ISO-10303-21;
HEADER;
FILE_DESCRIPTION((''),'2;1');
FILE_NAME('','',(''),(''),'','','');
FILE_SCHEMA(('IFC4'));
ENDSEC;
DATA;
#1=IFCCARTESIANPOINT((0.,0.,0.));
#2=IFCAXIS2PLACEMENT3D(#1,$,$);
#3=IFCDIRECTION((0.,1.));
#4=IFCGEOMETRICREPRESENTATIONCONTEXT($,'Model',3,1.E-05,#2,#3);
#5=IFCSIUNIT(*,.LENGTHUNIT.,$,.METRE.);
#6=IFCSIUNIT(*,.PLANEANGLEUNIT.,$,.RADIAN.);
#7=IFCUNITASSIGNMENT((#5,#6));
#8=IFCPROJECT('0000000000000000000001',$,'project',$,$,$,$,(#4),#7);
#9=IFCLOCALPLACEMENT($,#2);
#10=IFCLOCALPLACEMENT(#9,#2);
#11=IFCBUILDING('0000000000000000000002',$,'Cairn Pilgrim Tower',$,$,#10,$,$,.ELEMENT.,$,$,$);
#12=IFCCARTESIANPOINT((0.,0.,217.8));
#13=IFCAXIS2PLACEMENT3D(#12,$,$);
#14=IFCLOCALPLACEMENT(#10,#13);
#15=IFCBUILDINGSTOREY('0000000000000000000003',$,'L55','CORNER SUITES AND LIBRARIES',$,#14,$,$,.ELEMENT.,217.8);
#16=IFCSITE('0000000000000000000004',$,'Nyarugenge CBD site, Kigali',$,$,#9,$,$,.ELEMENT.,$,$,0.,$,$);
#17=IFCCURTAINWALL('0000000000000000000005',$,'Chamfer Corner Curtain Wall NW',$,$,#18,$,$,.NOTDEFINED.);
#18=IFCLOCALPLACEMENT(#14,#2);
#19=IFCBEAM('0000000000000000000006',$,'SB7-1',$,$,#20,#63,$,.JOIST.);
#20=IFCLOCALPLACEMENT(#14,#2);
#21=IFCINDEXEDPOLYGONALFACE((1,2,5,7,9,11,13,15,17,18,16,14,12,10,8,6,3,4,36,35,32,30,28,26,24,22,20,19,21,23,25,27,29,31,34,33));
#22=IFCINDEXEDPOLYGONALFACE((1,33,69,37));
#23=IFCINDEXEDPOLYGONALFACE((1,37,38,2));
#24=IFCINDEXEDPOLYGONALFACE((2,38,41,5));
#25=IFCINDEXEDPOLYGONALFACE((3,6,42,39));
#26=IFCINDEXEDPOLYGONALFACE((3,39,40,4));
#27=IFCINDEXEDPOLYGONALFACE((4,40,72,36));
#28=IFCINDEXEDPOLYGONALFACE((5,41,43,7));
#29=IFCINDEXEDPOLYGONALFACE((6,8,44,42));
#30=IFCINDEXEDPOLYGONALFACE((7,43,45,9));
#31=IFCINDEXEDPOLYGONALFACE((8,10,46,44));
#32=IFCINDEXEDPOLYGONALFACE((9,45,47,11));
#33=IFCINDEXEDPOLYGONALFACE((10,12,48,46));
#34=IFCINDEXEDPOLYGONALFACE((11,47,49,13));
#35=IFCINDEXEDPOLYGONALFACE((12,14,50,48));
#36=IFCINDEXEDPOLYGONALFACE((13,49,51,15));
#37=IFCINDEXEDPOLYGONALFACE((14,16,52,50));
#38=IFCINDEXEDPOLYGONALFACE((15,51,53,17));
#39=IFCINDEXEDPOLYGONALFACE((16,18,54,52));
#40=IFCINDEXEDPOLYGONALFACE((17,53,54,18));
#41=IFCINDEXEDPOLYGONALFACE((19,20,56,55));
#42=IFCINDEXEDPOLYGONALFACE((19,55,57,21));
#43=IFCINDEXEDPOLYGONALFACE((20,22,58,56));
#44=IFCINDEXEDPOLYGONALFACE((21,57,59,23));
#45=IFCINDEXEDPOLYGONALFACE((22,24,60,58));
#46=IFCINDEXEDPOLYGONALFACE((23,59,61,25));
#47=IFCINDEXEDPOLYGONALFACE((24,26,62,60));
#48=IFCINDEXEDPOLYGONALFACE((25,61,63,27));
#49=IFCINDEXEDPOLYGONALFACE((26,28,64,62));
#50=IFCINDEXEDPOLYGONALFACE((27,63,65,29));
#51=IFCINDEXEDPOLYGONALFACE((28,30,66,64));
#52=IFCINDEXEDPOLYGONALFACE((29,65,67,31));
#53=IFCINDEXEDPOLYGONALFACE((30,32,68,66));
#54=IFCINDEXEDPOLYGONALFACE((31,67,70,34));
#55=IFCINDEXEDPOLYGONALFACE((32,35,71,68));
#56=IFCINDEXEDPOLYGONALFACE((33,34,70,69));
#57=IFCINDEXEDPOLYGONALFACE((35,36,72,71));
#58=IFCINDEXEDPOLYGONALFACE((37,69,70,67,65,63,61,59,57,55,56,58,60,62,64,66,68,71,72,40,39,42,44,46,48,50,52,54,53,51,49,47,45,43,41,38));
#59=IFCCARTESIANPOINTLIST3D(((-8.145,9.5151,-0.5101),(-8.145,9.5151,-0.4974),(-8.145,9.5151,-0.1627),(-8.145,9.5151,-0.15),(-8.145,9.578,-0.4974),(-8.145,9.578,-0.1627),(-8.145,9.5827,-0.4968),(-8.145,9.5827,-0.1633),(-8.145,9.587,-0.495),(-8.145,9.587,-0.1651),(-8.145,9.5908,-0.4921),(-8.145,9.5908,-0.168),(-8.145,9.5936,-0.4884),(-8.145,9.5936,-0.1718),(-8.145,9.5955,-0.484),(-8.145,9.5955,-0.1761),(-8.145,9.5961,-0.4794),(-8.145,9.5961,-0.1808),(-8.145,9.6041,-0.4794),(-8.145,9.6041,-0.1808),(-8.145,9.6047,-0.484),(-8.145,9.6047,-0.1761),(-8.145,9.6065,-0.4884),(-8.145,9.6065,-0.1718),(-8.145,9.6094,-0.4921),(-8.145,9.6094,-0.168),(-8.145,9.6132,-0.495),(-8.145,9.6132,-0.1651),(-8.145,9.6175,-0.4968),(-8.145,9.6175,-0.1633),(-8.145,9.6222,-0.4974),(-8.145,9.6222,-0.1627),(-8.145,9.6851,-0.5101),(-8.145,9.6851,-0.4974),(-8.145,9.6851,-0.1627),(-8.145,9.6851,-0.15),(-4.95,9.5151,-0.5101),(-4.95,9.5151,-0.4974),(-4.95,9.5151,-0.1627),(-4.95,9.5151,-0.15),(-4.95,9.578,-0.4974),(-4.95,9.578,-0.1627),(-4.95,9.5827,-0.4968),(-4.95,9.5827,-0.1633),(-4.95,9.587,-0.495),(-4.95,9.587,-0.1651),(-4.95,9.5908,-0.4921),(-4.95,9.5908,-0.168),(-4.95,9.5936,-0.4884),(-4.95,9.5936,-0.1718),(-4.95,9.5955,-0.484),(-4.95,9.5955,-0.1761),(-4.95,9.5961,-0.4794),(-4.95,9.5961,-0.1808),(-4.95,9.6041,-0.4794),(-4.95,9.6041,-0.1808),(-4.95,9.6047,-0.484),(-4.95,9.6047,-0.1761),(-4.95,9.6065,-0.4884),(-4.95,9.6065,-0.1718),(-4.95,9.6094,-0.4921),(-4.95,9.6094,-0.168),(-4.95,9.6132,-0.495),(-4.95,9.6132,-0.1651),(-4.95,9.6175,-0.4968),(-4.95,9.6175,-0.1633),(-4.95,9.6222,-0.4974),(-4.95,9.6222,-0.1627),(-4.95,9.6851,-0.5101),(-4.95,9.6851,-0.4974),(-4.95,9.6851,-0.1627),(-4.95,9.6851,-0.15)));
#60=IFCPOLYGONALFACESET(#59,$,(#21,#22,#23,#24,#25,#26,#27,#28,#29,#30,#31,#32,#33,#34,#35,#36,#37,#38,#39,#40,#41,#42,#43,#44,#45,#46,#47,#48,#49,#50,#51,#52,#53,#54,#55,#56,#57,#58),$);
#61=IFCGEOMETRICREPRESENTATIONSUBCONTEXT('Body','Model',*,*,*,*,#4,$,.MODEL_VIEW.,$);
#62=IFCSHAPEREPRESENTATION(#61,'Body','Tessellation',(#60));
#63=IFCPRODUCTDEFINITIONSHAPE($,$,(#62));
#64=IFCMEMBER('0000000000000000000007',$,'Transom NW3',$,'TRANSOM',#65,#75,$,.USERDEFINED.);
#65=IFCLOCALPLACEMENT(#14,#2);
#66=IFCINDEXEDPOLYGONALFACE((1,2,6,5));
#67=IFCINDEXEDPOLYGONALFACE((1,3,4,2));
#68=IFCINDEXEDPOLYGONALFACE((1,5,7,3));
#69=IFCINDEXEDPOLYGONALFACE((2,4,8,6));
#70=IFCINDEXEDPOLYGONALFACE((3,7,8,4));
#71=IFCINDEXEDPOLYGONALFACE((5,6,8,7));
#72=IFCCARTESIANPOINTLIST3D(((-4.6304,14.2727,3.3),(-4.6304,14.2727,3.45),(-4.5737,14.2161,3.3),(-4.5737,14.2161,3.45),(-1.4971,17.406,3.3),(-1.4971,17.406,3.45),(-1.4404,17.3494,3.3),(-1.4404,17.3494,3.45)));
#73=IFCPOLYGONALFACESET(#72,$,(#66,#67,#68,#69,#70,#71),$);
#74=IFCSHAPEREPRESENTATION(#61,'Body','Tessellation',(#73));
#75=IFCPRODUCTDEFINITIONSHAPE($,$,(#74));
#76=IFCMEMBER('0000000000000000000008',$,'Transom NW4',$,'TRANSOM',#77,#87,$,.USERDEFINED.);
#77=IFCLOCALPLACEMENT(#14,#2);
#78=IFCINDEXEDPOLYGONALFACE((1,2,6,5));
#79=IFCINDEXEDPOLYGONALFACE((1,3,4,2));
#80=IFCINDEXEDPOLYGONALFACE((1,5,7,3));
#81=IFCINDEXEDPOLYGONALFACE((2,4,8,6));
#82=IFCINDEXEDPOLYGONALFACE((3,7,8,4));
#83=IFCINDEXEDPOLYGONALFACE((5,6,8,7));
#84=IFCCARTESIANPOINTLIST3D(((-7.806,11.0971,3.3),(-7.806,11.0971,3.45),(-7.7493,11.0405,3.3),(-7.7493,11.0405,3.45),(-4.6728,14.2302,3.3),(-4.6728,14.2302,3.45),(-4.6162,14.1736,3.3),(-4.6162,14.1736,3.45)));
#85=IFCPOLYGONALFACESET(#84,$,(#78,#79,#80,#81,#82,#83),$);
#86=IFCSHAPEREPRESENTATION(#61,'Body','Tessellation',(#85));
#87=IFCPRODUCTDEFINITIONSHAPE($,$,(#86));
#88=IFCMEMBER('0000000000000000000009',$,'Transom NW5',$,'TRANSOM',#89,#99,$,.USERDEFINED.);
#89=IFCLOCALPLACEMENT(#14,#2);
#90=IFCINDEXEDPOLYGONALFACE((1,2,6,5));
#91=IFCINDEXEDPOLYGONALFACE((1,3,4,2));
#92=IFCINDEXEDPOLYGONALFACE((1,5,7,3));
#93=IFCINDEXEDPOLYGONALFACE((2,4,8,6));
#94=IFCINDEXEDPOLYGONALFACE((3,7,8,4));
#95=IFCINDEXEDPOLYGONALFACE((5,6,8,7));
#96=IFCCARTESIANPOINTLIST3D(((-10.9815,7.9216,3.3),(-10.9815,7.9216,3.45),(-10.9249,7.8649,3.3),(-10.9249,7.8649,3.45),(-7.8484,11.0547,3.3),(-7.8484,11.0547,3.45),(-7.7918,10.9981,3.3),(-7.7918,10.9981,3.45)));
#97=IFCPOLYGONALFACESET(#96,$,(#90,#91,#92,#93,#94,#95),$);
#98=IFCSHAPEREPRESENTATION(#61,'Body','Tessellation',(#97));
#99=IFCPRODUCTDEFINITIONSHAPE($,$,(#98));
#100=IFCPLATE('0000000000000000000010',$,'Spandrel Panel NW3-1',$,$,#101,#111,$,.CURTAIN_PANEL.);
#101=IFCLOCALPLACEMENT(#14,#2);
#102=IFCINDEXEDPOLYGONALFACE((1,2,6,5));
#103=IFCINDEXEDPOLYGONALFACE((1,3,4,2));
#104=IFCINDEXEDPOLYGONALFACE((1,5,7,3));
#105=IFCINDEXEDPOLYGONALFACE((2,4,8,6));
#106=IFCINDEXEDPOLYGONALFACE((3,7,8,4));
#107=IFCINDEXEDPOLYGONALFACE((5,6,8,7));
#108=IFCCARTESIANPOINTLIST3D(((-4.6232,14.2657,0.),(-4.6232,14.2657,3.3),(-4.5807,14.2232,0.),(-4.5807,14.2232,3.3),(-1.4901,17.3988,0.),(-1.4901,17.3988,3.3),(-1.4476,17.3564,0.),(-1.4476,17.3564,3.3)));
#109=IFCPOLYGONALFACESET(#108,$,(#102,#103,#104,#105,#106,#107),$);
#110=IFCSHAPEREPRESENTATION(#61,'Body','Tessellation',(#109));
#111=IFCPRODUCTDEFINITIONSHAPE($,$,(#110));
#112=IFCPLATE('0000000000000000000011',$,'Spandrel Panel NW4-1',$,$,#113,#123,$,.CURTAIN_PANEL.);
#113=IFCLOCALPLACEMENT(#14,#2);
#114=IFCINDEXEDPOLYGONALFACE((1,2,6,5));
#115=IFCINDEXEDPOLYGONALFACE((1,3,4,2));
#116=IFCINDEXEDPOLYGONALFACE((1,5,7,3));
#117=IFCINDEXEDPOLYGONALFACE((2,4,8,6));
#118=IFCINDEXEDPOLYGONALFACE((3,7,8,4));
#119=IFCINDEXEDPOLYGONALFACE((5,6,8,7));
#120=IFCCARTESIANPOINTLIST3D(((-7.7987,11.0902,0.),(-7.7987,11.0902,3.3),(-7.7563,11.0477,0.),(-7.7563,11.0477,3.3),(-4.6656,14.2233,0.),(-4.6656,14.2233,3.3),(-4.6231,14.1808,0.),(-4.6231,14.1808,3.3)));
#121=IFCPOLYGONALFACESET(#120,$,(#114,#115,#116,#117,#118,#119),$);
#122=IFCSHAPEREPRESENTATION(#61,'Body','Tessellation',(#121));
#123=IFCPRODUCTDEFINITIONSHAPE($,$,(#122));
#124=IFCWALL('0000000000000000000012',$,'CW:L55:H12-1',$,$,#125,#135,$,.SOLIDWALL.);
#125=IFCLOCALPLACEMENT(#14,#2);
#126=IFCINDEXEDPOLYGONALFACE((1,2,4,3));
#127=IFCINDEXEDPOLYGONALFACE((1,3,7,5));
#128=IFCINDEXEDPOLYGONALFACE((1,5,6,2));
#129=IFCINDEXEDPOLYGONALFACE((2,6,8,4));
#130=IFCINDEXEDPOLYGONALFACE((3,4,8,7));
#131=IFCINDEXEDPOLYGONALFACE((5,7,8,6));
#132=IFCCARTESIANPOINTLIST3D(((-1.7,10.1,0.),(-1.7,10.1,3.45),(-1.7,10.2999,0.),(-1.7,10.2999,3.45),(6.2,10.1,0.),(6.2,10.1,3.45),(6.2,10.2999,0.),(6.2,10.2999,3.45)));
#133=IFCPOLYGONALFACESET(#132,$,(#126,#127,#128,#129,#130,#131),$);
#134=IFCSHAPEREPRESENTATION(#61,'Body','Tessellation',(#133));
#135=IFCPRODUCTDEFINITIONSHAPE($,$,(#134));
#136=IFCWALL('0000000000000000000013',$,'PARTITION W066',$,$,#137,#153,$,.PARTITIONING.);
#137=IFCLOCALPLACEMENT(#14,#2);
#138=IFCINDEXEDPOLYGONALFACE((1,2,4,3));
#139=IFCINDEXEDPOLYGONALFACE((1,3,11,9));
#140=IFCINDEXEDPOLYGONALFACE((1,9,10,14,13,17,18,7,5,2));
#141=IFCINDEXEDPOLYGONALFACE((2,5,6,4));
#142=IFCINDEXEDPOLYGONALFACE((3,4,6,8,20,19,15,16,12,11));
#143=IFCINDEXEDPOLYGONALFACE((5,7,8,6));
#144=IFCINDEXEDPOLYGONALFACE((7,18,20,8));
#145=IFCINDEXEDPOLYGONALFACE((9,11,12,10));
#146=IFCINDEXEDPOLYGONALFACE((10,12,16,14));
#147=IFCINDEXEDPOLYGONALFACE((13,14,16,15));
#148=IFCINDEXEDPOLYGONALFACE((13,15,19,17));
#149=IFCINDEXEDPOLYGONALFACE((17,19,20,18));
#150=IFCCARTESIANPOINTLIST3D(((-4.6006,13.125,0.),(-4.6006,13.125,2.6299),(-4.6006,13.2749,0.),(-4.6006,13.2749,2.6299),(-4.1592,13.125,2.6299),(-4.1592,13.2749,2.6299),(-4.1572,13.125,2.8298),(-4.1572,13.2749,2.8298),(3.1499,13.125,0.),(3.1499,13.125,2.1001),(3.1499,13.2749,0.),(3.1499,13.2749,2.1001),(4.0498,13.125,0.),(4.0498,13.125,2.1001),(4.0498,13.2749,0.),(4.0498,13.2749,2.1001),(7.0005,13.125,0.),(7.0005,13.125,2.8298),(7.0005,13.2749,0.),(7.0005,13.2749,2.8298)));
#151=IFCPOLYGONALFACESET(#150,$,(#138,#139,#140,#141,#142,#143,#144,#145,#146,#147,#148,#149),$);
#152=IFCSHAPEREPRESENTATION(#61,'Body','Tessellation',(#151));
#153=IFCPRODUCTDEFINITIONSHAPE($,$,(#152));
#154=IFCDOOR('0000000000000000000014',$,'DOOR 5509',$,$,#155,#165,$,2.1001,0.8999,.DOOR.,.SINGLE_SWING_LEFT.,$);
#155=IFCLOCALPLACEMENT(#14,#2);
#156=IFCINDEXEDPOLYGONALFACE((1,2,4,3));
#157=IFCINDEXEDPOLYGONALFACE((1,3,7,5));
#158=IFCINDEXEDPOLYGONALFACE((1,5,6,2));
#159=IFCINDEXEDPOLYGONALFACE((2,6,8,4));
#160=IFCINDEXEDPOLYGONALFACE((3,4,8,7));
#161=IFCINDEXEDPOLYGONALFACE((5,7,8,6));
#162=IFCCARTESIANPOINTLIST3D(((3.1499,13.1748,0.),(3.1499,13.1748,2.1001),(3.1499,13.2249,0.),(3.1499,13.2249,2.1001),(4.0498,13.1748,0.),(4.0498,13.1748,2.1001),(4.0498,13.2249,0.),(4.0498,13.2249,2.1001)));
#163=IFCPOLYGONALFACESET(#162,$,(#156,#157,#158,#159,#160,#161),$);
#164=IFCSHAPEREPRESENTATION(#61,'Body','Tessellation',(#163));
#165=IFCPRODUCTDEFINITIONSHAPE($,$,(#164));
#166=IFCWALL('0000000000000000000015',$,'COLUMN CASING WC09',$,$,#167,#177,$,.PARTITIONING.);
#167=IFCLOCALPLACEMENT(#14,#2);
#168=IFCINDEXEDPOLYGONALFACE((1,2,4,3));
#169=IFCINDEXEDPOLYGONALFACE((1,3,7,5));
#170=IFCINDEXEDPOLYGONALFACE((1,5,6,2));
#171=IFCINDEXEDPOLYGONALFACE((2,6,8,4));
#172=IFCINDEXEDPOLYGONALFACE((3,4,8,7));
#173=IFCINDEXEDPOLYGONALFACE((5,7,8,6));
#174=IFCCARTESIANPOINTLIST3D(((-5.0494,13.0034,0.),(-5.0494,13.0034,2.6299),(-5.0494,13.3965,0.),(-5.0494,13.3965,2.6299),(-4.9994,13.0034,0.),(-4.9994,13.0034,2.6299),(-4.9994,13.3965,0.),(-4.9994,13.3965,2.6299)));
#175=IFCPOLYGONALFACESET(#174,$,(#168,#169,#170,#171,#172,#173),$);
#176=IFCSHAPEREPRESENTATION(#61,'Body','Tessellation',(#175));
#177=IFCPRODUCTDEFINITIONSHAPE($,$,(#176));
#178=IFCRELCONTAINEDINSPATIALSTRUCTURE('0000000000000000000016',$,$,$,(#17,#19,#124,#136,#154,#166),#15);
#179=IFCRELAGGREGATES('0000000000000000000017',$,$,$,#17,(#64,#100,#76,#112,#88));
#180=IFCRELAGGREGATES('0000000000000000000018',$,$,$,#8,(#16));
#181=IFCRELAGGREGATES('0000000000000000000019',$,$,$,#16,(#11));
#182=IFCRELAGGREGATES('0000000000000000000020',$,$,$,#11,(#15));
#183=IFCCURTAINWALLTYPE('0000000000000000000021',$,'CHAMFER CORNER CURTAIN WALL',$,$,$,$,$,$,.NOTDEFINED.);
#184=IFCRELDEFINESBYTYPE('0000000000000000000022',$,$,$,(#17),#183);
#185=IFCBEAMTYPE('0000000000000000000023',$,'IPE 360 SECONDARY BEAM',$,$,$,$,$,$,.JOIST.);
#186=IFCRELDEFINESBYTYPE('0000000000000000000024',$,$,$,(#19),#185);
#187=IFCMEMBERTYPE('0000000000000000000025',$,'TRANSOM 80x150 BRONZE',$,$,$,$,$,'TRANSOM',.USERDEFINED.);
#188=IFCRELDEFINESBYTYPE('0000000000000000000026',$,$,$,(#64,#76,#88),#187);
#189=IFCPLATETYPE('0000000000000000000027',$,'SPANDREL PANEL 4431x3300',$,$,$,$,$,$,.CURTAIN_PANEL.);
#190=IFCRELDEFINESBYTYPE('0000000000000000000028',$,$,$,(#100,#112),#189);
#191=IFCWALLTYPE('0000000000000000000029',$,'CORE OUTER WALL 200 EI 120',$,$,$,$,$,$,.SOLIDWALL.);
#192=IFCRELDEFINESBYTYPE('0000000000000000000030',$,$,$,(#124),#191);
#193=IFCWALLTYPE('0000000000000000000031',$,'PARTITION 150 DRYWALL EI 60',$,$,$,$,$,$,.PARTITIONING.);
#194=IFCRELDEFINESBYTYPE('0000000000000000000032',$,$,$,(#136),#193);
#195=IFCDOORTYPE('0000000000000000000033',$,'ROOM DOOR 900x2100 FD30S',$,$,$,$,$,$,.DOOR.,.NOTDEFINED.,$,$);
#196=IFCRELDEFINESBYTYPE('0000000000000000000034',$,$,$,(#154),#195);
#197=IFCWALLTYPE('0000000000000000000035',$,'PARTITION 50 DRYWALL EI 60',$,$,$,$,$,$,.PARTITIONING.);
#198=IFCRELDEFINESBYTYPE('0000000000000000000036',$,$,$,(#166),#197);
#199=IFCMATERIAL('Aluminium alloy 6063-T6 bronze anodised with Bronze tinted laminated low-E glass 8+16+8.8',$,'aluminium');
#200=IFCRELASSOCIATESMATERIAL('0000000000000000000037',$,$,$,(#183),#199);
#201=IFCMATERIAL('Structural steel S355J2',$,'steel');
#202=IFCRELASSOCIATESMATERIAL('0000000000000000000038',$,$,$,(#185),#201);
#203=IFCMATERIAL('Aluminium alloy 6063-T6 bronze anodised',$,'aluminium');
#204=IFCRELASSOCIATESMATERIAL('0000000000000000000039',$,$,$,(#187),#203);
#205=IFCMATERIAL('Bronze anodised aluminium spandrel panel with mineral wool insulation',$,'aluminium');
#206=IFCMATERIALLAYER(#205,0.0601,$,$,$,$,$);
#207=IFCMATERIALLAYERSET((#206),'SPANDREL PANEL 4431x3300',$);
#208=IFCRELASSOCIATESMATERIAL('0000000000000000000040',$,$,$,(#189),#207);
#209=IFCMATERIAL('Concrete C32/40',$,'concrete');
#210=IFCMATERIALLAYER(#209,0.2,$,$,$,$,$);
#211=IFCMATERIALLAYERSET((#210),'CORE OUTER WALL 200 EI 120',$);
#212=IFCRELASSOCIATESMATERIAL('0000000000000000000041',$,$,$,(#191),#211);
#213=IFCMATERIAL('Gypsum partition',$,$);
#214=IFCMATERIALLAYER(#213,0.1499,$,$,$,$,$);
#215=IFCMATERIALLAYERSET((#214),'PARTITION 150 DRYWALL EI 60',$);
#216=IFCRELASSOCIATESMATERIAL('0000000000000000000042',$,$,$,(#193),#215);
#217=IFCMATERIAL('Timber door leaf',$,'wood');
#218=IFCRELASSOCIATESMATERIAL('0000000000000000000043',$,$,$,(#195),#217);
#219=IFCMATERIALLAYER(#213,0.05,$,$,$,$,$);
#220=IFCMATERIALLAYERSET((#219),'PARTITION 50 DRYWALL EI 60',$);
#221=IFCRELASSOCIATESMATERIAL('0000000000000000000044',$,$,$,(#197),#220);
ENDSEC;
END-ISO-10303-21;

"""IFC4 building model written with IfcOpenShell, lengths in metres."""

from ifc_helpers import new_model, si_unit, direction, frame, frame_2d, origin, origin_2d, place, context, subcontext, project, spatial, polyline, rectangle, i_section, outline, extrude, material, layer, layer_set, material_profile, profile_set, type_object, element, fill, aggregate, save


model = new_model("IFC4")

# Units and contexts
model_context = context("Model", 3, precision=1e-05, world=origin(), true_north=direction((0.0, 1.0)))
body_context = subcontext(model_context, "Body", "Model", "MODEL_VIEW")
ifc_project = project(units=[si_unit("LENGTHUNIT", "METRE"), si_unit("PLANEANGLEUNIT", "RADIAN")], contexts=[model_context])

# Site, building, storey
site_placement = place(None, origin())
site = spatial("IfcSite", under=ifc_project, at=site_placement, Name="Nyarugenge CBD site, Kigali", CompositionType="ELEMENT", RefElevation=0.0)
building_placement = place(site_placement, origin())
building = spatial("IfcBuilding", under=site, at=building_placement, Name="Cairn Pilgrim Tower", CompositionType="ELEMENT")
storey_placement = place(building_placement, frame((0.0, 0.0, 217.8)))
storey = spatial("IfcBuildingStorey", under=building, at=storey_placement, Name="L55", Description="CORNER SUITES AND LIBRARIES", CompositionType="ELEMENT", Elevation=217.8)

# Shared definitions
ifc_material_1 = material(Name="Structural steel S355J2", Category="steel")

# Curtain wall
ifc_material_2 = material(Name="Aluminium alloy 6063-T6 bronze anodised with Bronze tinted laminated low-E glass 8+16+8.8", Category="aluminium")
curtain_wall_type = type_object("IfcCurtainWallType", Name="CHAMFER CORNER CURTAIN WALL", PredefinedType="NOTDEFINED", material=ifc_material_2)
curtain_wall_placement = place(storey_placement, origin())
curtain_wall = element("IfcCurtainWall", 1, at=curtain_wall_placement, inside=storey, type_object=curtain_wall_type, Name="Chamfer Corner Curtain Wall NW", PredefinedType="NOTDEFINED")
ifc_material_3 = material(Name="Aluminium alloy 6063-T6 bronze anodised", Category="aluminium")

# Beam
ifc_material_profile_1 = material_profile(ifc_material_1, i_section(OverallWidth=0.1699, OverallDepth=0.3601, WebThickness=0.0081, FlangeThickness=0.0127, FilletRadius=0.0181, at=origin_2d()), Name="IPE 360")
ifc_profile_set_1 = profile_set([ifc_material_profile_1], Name="Structural steel S355J2")
beam_type_1 = type_object("IfcBeamType", Name="IPE 360 SECONDARY BEAM", PredefinedType="JOIST", material=ifc_profile_set_1)
beam_1_placement = place(storey_placement, frame((-8.145, 9.6001, -0.3301), z_axis=(1.0, 0.0, 0.0), x_axis=(0.0, 1.0, 0.0)))
element("IfcBeam", 2, at=beam_1_placement, inside=storey, type_object=beam_type_1, Name="SB7-1", PredefinedType="JOIST", context=body_context, shape_type="SweptSolid", body=[
    extrude(i_section(OverallWidth=0.1699, OverallDepth=0.3601, WebThickness=0.0081, FlangeThickness=0.0127, FilletRadius=0.0181, at=origin_2d()), origin(), (0.0, 0.0, 1.0), 3.1951),
])

# Members
ifc_material_profile_2 = material_profile(ifc_material_3, rectangle(XDim=0.0801, YDim=0.1499, at=origin_2d()), Name="TRANSOM 80x150 BRONZE")
ifc_profile_set_2 = profile_set([ifc_material_profile_2], Name="Aluminium alloy 6063-T6 bronze anodised")
member_type_1 = type_object("IfcMemberType", Name="TRANSOM 80x150 BRONZE", ElementType="TRANSOM", PredefinedType="USERDEFINED", material=ifc_profile_set_2)
member_1_placement = place(storey_placement, frame((-1.4688, 17.3777, 3.375), z_axis=(-0.707107, -0.707107, 0.0), x_axis=(0.707107, -0.707107, 0.0)))
member_1 = element("IfcMember", 3, at=member_1_placement, type_object=member_type_1, Name="Transom NW3", ObjectType="TRANSOM", PredefinedType="USERDEFINED", context=body_context, shape_type="SweptSolid", body=[
    extrude(rectangle(XDim=0.0801, YDim=0.1499, at=origin_2d()), origin(), (0.0, 0.0, 1.0), 4.4312),
])
member_2_placement = place(storey_placement, frame((-4.6445, 14.2019, 3.375), z_axis=(-0.707107, -0.707107, 0.0), x_axis=(0.707107, -0.707107, 0.0)))
member_2 = element("IfcMember", 4, at=member_2_placement, type_object=member_type_1, Name="Transom NW4", ObjectType="TRANSOM", PredefinedType="USERDEFINED", context=body_context, shape_type="SweptSolid", body=[
    extrude(rectangle(XDim=0.0801, YDim=0.1499, at=origin_2d()), origin(), (0.0, 0.0, 1.0), 4.4309),
])
member_3_placement = place(storey_placement, frame((-7.8201, 11.0264, 3.375), z_axis=(-0.707107, -0.707107, 0.0), x_axis=(0.707107, -0.707107, 0.0)))
member_3 = element("IfcMember", 5, at=member_3_placement, type_object=member_type_1, Name="Transom NW5", ObjectType="TRANSOM", PredefinedType="USERDEFINED", context=body_context, shape_type="SweptSolid", body=[
    extrude(rectangle(XDim=0.0801, YDim=0.1499, at=origin_2d()), origin(), (0.0, 0.0, 1.0), 4.4309),
])

# Plates
ifc_material_4 = material(Name="Bronze anodised aluminium spandrel panel with mineral wool insulation", Category="aluminium")
ifc_layer_1 = layer(ifc_material_4, 0.0601)
ifc_layer_set_1 = layer_set([ifc_layer_1], Name="SPANDREL PANEL 4431x3300")
plate_type = type_object("IfcPlateType", Name="SPANDREL PANEL 4431x3300", PredefinedType="CURTAIN_PANEL", material=ifc_layer_set_1)
plate_1_placement = place(storey_placement, frame((-3.0354, 15.811, 0.0), z_axis=(0.0, 0.0, 1.0), x_axis=(-0.707107, -0.707107, 0.0)))
plate_1 = element("IfcPlate", 6, at=plate_1_placement, type_object=plate_type, Name="Spandrel Panel NW3-1", PredefinedType="CURTAIN_PANEL", context=body_context, shape_type="SweptSolid", body=[
    extrude(rectangle(XDim=4.4309, YDim=0.0601, at=origin_2d()), origin(), (0.0, 0.0, 1.0), 3.3),
])
plate_2_placement = place(storey_placement, frame((-6.2109, 12.6355, 0.0), z_axis=(0.0, 0.0, 1.0), x_axis=(-0.707107, -0.707107, 0.0)))
plate_2 = element("IfcPlate", 7, at=plate_2_placement, type_object=plate_type, Name="Spandrel Panel NW4-1", PredefinedType="CURTAIN_PANEL", context=body_context, shape_type="SweptSolid", body=[
    extrude(rectangle(XDim=4.4309, YDim=0.0601, at=origin_2d()), origin(), (0.0, 0.0, 1.0), 3.3),
])
aggregate(curtain_wall, [member_1, plate_1, member_2, plate_2, member_3])

# Wall
ifc_material_5 = material(Name="Concrete C32/40", Category="concrete")
ifc_layer_2 = layer(ifc_material_5, 0.2)
ifc_layer_set_2 = layer_set([ifc_layer_2], Name="CORE OUTER WALL 200 EI 120")
wall_type_1 = type_object("IfcWallType", Name="CORE OUTER WALL 200 EI 120", PredefinedType="SOLIDWALL", material=ifc_layer_set_2)
wall_1_placement = place(storey_placement, frame((-1.7, 10.2, 0.0), z_axis=(0.0, 0.0, 1.0), x_axis=(1.0, 0.0, 0.0)))
element("IfcWall", 8, at=wall_1_placement, inside=storey, type_object=wall_type_1, Name="CW:L55:H12-1", PredefinedType="SOLIDWALL", context=body_context, shape_type="SweptSolid", body=[
    extrude(rectangle(XDim=7.8999, YDim=0.2, at=frame_2d((3.95, 0.0))), origin(), (0.0, 0.0, 1.0), 3.45),
])

# Wall, opening, door
ifc_material_6 = material(Name="Gypsum partition")
ifc_layer_3 = layer(ifc_material_6, 0.1499)
ifc_layer_set_3 = layer_set([ifc_layer_3], Name="PARTITION 150 DRYWALL EI 60")
wall_type_2 = type_object("IfcWallType", Name="PARTITION 150 DRYWALL EI 60", PredefinedType="PARTITIONING", material=ifc_layer_set_3)
wall_2_placement = place(storey_placement, frame((-4.6006, 13.2, 0.0), z_axis=(0.0, 0.0, 1.0), x_axis=(1.0, 0.0, 0.0)))
wall_2 = element("IfcWall", 9, at=wall_2_placement, inside=storey, type_object=wall_type_2, Name="PARTITION W066", PredefinedType="PARTITIONING", context=body_context, shape_type="SweptSolid", body=[
    extrude(outline(polyline([(0.0, 0.0), (11.6011, 0.0), (11.6011, 2.8298), (0.4434, 2.8298), (0.4414, 2.6299), (0.0, 2.6299), (0.0, 0.0)])), frame((0.0, 0.075, 0.0), z_axis=(0.0, -1.0, 0.0), x_axis=(1.0, 0.0, 0.0)), (0.0, 0.0, 1.0), 0.1499),
])
opening_placement = place(wall_2_placement, frame((7.7505, 0.0, 0.0)))
opening = element("IfcOpeningElement", 10, at=opening_placement, cuts=wall_2, PredefinedType="OPENING", context=body_context, shape_type="SweptSolid", body=[
    extrude(rectangle(XDim=0.8999, YDim=2.1001, at=frame_2d((0.45, 1.05))), frame((0.0, 0.085, 0.0), z_axis=(0.0, -1.0, 0.0), x_axis=(1.0, 0.0, 0.0)), (0.0, 0.0, 1.0), 0.1699),
])
ifc_material_7 = material(Name="Timber door leaf", Category="wood")
door_type = type_object("IfcDoorType", Name="ROOM DOOR 900x2100 FD30S", OperationType="NOTDEFINED", PredefinedType="DOOR", material=ifc_material_7)
door_placement = place(opening_placement, origin())
door = element("IfcDoor", 11, at=door_placement, inside=storey, type_object=door_type, Name="DOOR 5509", OperationType="SINGLE_SWING_LEFT", OverallHeight=2.1001, OverallWidth=0.8999, PredefinedType="DOOR", context=body_context, shape_type="SweptSolid", body=[
    extrude(rectangle(XDim=0.8999, YDim=2.1001, at=frame_2d((0.45, 1.05))), frame((0.0, 0.0249, 0.0), z_axis=(0.0, -1.0, 0.0), x_axis=(1.0, 0.0, 0.0)), (0.0, 0.0, 1.0), 0.05),
])
fill(opening, door)

# Wall
ifc_layer_4 = layer(ifc_material_6, 0.05)
ifc_layer_set_4 = layer_set([ifc_layer_4], Name="PARTITION 50 DRYWALL EI 60")
wall_type_3 = type_object("IfcWallType", Name="PARTITION 50 DRYWALL EI 60", PredefinedType="PARTITIONING", material=ifc_layer_set_4)
wall_3_placement = place(storey_placement, frame((-5.0244, 13.0034, 0.0), z_axis=(0.0, 0.0, 1.0), x_axis=(0.0, 1.0, 0.0)))
element("IfcWall", 12, at=wall_3_placement, inside=storey, type_object=wall_type_3, Name="COLUMN CASING WC09", PredefinedType="PARTITIONING", context=body_context, shape_type="SweptSolid", body=[
    extrude(rectangle(XDim=0.3931, YDim=0.05, at=frame_2d((0.1965, 0.0))), origin(), (0.0, 0.0, 1.0), 2.6299),
])

save(model, "model.ifc")
